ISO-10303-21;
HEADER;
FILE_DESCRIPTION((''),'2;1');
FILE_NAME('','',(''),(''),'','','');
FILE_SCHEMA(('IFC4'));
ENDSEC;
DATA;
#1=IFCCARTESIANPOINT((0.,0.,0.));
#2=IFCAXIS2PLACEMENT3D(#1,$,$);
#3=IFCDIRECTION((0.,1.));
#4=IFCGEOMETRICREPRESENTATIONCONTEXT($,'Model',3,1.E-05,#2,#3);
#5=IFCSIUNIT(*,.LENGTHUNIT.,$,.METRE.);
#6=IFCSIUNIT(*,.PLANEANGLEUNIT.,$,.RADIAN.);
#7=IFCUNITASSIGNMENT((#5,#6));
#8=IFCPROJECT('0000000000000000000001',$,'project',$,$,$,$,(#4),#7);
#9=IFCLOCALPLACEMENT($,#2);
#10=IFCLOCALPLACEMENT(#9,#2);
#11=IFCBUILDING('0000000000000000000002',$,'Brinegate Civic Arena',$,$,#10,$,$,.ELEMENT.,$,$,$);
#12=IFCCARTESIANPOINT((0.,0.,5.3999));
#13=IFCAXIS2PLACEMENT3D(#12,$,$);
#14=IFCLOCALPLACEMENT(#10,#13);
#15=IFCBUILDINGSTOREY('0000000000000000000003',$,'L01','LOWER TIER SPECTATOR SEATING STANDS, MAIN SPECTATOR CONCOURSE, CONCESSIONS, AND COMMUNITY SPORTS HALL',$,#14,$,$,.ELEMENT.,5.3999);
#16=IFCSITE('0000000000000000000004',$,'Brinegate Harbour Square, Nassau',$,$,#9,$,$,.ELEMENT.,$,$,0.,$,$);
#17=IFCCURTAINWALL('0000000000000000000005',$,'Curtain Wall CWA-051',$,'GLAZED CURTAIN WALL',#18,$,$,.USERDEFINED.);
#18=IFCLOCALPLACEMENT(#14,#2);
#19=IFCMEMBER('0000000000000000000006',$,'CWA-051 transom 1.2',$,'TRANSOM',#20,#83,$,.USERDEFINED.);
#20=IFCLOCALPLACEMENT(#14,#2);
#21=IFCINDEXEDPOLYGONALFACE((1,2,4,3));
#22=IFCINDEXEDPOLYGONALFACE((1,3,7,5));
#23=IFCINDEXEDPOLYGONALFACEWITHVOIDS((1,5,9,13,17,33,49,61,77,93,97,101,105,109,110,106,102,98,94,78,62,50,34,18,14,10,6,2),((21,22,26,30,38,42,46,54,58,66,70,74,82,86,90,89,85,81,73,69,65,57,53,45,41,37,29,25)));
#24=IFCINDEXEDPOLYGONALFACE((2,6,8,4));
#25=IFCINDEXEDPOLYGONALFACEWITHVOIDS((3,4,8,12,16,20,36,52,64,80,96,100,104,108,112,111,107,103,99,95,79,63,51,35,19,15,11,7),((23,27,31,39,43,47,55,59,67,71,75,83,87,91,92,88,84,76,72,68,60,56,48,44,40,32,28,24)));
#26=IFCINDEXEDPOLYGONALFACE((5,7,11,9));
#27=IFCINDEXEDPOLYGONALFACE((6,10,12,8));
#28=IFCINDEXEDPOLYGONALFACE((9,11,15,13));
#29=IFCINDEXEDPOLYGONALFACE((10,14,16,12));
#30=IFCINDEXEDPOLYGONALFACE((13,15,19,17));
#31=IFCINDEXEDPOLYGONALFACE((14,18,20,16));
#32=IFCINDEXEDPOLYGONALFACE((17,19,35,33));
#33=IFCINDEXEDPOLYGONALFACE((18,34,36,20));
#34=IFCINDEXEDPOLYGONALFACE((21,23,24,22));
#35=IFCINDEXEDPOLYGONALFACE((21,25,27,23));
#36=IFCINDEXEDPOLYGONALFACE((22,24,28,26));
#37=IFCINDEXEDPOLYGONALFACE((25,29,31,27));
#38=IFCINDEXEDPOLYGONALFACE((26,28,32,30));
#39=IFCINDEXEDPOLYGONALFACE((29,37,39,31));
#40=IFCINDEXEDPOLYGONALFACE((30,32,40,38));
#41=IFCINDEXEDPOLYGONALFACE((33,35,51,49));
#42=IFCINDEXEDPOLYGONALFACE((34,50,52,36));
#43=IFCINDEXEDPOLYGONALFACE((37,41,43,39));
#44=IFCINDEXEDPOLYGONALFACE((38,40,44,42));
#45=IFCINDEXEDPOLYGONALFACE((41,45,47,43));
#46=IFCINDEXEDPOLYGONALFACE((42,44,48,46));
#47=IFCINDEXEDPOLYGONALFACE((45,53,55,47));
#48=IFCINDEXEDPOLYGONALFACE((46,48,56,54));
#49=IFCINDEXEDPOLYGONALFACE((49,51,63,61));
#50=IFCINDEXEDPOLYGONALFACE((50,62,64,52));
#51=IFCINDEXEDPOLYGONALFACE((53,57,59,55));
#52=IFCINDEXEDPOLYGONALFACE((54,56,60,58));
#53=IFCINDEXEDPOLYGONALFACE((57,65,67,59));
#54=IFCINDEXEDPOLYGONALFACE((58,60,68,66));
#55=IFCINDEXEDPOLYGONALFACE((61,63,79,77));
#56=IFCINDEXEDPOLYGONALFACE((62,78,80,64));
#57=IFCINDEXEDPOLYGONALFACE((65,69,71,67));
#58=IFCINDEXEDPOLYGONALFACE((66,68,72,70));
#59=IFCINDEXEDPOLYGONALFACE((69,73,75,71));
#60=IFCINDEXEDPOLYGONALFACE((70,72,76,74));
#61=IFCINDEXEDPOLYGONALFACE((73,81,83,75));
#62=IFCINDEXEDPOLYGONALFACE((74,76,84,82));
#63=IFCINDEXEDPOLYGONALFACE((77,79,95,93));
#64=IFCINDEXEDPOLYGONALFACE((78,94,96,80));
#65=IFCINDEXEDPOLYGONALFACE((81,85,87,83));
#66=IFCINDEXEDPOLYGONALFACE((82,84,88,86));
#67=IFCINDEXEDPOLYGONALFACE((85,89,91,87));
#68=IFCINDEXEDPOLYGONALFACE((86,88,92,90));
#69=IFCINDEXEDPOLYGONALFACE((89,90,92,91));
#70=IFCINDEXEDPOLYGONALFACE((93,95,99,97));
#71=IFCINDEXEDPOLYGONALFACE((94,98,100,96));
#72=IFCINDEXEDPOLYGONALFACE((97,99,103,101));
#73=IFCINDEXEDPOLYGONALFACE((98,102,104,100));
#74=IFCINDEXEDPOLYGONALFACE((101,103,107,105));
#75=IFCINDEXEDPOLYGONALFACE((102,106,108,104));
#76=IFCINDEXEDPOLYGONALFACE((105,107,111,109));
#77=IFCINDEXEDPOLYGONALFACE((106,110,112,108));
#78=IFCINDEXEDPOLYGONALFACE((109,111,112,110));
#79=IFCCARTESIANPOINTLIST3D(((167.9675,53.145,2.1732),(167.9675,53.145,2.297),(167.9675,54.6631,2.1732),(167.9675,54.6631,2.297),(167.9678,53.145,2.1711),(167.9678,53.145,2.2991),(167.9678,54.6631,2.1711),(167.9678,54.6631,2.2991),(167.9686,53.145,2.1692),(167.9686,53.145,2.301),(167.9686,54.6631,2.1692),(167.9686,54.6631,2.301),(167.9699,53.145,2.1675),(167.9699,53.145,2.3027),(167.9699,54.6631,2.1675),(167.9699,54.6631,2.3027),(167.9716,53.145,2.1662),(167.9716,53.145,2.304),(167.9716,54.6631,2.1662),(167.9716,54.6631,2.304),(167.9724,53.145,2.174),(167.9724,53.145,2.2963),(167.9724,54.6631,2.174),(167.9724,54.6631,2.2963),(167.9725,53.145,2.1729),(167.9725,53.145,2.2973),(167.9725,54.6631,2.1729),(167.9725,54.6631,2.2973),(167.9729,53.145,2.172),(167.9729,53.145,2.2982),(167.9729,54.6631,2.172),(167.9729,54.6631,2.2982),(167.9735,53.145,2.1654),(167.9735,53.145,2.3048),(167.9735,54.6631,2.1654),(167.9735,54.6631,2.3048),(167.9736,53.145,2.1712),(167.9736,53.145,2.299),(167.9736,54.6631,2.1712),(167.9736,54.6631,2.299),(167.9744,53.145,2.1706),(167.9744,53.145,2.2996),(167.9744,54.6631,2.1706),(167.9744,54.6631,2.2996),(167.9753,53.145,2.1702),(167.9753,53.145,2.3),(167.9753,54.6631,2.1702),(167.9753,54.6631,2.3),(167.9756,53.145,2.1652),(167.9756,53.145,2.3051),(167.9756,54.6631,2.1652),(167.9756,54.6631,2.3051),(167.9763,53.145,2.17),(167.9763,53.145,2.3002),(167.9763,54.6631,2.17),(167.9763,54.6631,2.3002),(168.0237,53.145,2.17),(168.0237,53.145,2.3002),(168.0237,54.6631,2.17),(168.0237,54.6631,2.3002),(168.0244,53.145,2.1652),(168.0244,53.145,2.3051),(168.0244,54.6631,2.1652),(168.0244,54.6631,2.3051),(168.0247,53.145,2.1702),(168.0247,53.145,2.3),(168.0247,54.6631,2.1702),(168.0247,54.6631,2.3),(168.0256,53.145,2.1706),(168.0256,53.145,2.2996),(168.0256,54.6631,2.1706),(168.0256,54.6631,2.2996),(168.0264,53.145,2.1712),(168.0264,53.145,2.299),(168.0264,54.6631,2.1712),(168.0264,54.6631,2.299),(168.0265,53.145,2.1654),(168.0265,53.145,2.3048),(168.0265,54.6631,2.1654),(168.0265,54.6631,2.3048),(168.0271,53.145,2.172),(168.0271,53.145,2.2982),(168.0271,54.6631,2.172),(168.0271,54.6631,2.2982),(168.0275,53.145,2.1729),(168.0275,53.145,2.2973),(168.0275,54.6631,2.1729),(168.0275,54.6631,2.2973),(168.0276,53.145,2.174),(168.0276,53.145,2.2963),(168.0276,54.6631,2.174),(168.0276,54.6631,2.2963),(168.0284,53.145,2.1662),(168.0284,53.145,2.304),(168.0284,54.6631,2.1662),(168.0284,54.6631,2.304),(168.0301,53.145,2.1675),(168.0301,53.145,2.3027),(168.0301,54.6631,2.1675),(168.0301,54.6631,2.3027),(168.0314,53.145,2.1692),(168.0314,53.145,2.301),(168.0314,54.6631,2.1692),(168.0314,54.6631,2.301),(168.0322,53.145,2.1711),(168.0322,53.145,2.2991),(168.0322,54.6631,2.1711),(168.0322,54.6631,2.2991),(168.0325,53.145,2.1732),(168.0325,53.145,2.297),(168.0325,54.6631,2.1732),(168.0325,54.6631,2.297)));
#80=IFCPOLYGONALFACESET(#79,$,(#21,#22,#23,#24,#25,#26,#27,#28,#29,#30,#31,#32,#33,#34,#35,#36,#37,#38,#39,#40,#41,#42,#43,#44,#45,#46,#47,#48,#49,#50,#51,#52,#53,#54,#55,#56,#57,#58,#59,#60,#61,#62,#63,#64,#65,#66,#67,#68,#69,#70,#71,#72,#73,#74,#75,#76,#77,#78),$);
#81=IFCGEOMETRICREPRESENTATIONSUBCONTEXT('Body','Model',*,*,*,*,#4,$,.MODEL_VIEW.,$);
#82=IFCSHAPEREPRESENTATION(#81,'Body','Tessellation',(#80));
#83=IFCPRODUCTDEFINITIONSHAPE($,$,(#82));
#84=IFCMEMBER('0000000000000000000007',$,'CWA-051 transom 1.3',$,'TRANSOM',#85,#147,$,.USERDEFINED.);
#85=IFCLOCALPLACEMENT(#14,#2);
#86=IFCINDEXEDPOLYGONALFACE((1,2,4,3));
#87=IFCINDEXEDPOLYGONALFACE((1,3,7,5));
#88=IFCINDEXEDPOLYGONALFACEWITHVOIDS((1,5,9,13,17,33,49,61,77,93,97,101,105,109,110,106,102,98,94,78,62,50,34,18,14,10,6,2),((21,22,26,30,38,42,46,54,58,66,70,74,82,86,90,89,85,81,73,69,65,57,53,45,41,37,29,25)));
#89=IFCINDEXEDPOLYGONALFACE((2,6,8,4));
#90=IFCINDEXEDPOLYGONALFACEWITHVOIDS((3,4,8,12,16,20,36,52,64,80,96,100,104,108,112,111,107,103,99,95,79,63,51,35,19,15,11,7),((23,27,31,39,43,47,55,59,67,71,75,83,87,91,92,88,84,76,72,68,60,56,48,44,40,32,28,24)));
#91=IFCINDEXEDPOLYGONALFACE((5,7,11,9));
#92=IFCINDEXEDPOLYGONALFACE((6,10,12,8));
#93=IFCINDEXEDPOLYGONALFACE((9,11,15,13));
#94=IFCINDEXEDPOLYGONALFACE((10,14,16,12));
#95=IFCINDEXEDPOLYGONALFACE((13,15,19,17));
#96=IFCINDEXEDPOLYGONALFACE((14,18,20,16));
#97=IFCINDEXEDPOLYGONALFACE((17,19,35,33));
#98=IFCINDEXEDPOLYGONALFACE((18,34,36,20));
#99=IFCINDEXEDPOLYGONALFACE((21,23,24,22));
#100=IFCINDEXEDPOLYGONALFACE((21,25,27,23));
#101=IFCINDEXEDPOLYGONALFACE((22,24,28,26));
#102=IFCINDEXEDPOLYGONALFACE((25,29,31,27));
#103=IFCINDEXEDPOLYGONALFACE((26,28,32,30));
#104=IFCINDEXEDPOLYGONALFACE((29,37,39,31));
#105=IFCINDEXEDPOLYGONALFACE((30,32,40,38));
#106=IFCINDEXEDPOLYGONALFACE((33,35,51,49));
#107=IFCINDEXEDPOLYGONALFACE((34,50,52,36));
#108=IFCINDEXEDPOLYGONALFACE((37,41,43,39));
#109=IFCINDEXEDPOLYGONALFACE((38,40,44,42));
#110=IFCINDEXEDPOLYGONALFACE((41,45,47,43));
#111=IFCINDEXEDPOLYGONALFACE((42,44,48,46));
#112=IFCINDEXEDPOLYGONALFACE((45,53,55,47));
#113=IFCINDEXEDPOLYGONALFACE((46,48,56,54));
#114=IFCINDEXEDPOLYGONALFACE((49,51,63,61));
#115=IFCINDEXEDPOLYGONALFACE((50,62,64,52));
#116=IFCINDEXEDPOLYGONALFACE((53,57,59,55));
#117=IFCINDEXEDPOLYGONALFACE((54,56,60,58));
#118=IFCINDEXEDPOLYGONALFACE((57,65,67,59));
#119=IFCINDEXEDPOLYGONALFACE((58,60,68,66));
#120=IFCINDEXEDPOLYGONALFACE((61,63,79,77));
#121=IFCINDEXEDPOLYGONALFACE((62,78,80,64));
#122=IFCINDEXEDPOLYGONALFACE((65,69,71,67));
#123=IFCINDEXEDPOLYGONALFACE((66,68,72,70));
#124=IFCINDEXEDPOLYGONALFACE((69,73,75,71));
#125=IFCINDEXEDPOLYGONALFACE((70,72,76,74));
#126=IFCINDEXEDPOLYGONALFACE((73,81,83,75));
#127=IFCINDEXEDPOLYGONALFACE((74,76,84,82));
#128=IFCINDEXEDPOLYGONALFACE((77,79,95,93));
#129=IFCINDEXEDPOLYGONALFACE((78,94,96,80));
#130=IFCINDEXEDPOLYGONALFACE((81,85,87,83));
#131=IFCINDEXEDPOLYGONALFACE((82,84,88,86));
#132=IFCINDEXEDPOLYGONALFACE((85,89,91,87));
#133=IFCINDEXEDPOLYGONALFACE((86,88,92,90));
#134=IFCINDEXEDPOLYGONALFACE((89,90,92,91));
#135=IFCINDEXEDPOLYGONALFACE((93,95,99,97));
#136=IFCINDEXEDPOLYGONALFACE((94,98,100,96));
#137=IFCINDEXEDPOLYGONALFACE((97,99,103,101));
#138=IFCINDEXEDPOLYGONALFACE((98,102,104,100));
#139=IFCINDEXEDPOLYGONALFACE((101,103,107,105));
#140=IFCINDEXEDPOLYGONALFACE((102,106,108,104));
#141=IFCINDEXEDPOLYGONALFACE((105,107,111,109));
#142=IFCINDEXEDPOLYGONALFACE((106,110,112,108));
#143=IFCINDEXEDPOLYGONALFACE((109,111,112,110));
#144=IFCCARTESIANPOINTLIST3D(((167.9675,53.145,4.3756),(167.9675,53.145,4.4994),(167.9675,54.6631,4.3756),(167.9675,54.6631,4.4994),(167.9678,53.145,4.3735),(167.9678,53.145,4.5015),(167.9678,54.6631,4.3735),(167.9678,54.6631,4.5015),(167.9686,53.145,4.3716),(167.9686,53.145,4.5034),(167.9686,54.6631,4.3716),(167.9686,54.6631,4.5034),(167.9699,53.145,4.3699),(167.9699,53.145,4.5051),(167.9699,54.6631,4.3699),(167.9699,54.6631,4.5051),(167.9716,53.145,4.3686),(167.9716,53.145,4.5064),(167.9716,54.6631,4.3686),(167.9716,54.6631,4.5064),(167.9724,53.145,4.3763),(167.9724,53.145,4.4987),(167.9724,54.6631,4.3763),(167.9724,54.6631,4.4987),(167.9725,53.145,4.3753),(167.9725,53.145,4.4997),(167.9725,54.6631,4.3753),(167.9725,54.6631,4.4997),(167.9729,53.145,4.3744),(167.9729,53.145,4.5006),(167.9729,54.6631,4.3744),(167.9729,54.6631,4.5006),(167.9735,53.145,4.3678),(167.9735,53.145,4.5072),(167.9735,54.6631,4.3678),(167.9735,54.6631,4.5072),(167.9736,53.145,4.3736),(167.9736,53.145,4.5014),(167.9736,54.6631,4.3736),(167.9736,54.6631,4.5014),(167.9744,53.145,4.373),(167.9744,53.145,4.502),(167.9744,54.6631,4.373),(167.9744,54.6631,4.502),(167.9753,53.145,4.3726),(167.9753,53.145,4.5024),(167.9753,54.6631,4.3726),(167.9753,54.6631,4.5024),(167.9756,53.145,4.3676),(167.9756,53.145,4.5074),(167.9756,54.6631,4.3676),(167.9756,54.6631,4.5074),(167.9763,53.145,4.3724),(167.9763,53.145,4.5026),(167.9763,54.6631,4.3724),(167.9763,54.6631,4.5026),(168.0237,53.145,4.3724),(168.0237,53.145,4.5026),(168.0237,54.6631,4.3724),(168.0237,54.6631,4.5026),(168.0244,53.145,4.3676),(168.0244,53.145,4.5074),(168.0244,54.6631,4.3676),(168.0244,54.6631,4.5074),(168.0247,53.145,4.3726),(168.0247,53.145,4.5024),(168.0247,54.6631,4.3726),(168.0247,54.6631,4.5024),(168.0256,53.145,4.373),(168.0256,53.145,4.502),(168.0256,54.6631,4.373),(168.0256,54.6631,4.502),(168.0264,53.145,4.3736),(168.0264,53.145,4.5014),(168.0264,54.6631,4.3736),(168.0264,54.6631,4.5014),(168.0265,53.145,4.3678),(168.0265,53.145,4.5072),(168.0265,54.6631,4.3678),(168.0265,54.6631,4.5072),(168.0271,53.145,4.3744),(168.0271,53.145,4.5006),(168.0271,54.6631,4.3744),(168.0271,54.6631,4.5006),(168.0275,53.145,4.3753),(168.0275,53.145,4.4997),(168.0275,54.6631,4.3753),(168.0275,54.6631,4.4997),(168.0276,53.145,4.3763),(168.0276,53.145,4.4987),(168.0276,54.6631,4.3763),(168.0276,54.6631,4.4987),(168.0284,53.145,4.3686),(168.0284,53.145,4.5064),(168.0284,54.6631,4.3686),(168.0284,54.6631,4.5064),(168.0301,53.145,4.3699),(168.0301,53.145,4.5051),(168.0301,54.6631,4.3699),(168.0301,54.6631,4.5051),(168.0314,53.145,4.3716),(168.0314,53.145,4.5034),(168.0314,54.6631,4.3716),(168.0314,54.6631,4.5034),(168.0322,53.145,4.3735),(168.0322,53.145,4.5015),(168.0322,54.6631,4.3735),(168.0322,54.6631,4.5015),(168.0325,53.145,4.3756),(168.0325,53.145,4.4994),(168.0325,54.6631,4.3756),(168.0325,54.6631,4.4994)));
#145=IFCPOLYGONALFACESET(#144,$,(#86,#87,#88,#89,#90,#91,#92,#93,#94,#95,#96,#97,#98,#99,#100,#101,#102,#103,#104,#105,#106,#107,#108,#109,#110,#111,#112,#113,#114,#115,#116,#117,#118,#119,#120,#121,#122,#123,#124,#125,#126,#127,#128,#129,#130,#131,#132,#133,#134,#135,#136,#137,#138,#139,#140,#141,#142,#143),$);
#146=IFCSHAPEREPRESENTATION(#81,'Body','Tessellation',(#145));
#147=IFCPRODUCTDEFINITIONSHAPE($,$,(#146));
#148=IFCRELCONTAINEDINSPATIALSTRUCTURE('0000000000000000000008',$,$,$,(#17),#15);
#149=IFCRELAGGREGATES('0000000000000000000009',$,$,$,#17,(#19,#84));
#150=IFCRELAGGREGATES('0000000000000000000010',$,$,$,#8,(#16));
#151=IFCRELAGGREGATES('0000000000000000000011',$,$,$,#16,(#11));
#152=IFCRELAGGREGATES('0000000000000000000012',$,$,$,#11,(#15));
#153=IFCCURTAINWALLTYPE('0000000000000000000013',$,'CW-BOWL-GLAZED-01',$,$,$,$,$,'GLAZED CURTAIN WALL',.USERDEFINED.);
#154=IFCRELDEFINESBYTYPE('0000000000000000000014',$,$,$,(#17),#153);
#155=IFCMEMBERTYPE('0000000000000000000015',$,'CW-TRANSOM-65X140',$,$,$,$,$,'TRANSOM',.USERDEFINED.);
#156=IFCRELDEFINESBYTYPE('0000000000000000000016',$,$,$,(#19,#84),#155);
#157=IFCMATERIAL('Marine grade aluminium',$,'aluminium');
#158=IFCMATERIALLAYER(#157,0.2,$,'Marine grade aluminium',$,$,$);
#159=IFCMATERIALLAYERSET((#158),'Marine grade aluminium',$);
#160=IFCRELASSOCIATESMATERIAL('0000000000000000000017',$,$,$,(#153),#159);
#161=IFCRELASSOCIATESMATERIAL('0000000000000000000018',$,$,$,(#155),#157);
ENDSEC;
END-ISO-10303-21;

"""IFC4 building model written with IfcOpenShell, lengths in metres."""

from ifc_helpers import new_model, si_unit, direction, frame, origin, origin_2d, place, context, subcontext, project, spatial, hollow_rectangle, extrude, material, layer, layer_set, material_profile, profile_set, type_object, element, aggregate, save


model = new_model("IFC4")

# Units and contexts
model_context = context("Model", 3, precision=1e-05, world=origin(), true_north=direction((0.0, 1.0)))
body_context = subcontext(model_context, "Body", "Model", "MODEL_VIEW")
ifc_project = project(units=[si_unit("LENGTHUNIT", "METRE"), si_unit("PLANEANGLEUNIT", "RADIAN")], contexts=[model_context])

# Site, building, storey
site_placement = place(None, origin())
site = spatial("IfcSite", under=ifc_project, at=site_placement, Name="Brinegate Harbour Square, Nassau", CompositionType="ELEMENT", RefElevation=0.0)
building_placement = place(site_placement, origin())
building = spatial("IfcBuilding", under=site, at=building_placement, Name="Brinegate Civic Arena", CompositionType="ELEMENT")
storey_placement = place(building_placement, frame((0.0, 0.0, 5.3999)))
storey = spatial("IfcBuildingStorey", under=building, at=storey_placement, Name="L01", Description="LOWER TIER SPECTATOR SEATING STANDS, MAIN SPECTATOR CONCOURSE, CONCESSIONS, AND COMMUNITY SPORTS HALL", CompositionType="ELEMENT", Elevation=5.3999)

# Curtain wall
ifc_material_1 = material(Name="Marine grade aluminium", Category="aluminium")
ifc_layer_1 = layer(ifc_material_1, 0.2, Name="Marine grade aluminium")
ifc_layer_set_1 = layer_set([ifc_layer_1], Name="Marine grade aluminium")
curtain_wall_type = type_object("IfcCurtainWallType", Name="CW-BOWL-GLAZED-01", ElementType="GLAZED CURTAIN WALL", PredefinedType="USERDEFINED", material=ifc_layer_set_1)
curtain_wall_1_placement = place(storey_placement, origin())
curtain_wall_1 = element("IfcCurtainWall", 1, at=curtain_wall_1_placement, inside=storey, type_object=curtain_wall_type, Name="Curtain Wall CWA-051", ObjectType="GLAZED CURTAIN WALL", PredefinedType="USERDEFINED")

# Members
ifc_material_profile_1 = material_profile(ifc_material_1, hollow_rectangle(XDim=0.0649, YDim=0.1399, WallThickness=0.0049, InnerFilletRadius=0.0039, OuterFilletRadius=0.0081, at=origin_2d()), Name="TRN65X140")
ifc_profile_set_1 = profile_set([ifc_material_profile_1], Name="Marine grade aluminium")
member_type_1 = type_object("IfcMemberType", Name="CW-TRANSOM-65X140", ElementType="TRANSOM", PredefinedType="USERDEFINED", material=ifc_profile_set_1)
member_1_placement = place(storey_placement, frame((168.0, 53.145, 2.2351), z_axis=(0.0, 1.0, 0.0), x_axis=(-1.0, 0.0, 0.0)))
member_1 = element("IfcMember", 2, at=member_1_placement, type_object=member_type_1, Name="CWA-051 transom 1.2", ObjectType="TRANSOM", PredefinedType="USERDEFINED", context=body_context, shape_type="SweptSolid", body=[
    extrude(hollow_rectangle(XDim=0.0649, YDim=0.1399, WallThickness=0.0049, InnerFilletRadius=0.0039, OuterFilletRadius=0.0081, at=origin_2d()), origin(), (0.0, 0.0, 1.0), 1.5181),
])
member_2_placement = place(storey_placement, frame((168.0, 53.145, 4.4375), z_axis=(0.0, 1.0, 0.0), x_axis=(-1.0, 0.0, 0.0)))
member_2 = element("IfcMember", 3, at=member_2_placement, type_object=member_type_1, Name="CWA-051 transom 1.3", ObjectType="TRANSOM", PredefinedType="USERDEFINED", context=body_context, shape_type="SweptSolid", body=[
    extrude(hollow_rectangle(XDim=0.0649, YDim=0.1399, WallThickness=0.0049, InnerFilletRadius=0.0039, OuterFilletRadius=0.0081, at=origin_2d()), origin(), (0.0, 0.0, 1.0), 1.5181),
])

aggregate(curtain_wall_1, [member_1, member_2])

save(model, "model.ifc")
